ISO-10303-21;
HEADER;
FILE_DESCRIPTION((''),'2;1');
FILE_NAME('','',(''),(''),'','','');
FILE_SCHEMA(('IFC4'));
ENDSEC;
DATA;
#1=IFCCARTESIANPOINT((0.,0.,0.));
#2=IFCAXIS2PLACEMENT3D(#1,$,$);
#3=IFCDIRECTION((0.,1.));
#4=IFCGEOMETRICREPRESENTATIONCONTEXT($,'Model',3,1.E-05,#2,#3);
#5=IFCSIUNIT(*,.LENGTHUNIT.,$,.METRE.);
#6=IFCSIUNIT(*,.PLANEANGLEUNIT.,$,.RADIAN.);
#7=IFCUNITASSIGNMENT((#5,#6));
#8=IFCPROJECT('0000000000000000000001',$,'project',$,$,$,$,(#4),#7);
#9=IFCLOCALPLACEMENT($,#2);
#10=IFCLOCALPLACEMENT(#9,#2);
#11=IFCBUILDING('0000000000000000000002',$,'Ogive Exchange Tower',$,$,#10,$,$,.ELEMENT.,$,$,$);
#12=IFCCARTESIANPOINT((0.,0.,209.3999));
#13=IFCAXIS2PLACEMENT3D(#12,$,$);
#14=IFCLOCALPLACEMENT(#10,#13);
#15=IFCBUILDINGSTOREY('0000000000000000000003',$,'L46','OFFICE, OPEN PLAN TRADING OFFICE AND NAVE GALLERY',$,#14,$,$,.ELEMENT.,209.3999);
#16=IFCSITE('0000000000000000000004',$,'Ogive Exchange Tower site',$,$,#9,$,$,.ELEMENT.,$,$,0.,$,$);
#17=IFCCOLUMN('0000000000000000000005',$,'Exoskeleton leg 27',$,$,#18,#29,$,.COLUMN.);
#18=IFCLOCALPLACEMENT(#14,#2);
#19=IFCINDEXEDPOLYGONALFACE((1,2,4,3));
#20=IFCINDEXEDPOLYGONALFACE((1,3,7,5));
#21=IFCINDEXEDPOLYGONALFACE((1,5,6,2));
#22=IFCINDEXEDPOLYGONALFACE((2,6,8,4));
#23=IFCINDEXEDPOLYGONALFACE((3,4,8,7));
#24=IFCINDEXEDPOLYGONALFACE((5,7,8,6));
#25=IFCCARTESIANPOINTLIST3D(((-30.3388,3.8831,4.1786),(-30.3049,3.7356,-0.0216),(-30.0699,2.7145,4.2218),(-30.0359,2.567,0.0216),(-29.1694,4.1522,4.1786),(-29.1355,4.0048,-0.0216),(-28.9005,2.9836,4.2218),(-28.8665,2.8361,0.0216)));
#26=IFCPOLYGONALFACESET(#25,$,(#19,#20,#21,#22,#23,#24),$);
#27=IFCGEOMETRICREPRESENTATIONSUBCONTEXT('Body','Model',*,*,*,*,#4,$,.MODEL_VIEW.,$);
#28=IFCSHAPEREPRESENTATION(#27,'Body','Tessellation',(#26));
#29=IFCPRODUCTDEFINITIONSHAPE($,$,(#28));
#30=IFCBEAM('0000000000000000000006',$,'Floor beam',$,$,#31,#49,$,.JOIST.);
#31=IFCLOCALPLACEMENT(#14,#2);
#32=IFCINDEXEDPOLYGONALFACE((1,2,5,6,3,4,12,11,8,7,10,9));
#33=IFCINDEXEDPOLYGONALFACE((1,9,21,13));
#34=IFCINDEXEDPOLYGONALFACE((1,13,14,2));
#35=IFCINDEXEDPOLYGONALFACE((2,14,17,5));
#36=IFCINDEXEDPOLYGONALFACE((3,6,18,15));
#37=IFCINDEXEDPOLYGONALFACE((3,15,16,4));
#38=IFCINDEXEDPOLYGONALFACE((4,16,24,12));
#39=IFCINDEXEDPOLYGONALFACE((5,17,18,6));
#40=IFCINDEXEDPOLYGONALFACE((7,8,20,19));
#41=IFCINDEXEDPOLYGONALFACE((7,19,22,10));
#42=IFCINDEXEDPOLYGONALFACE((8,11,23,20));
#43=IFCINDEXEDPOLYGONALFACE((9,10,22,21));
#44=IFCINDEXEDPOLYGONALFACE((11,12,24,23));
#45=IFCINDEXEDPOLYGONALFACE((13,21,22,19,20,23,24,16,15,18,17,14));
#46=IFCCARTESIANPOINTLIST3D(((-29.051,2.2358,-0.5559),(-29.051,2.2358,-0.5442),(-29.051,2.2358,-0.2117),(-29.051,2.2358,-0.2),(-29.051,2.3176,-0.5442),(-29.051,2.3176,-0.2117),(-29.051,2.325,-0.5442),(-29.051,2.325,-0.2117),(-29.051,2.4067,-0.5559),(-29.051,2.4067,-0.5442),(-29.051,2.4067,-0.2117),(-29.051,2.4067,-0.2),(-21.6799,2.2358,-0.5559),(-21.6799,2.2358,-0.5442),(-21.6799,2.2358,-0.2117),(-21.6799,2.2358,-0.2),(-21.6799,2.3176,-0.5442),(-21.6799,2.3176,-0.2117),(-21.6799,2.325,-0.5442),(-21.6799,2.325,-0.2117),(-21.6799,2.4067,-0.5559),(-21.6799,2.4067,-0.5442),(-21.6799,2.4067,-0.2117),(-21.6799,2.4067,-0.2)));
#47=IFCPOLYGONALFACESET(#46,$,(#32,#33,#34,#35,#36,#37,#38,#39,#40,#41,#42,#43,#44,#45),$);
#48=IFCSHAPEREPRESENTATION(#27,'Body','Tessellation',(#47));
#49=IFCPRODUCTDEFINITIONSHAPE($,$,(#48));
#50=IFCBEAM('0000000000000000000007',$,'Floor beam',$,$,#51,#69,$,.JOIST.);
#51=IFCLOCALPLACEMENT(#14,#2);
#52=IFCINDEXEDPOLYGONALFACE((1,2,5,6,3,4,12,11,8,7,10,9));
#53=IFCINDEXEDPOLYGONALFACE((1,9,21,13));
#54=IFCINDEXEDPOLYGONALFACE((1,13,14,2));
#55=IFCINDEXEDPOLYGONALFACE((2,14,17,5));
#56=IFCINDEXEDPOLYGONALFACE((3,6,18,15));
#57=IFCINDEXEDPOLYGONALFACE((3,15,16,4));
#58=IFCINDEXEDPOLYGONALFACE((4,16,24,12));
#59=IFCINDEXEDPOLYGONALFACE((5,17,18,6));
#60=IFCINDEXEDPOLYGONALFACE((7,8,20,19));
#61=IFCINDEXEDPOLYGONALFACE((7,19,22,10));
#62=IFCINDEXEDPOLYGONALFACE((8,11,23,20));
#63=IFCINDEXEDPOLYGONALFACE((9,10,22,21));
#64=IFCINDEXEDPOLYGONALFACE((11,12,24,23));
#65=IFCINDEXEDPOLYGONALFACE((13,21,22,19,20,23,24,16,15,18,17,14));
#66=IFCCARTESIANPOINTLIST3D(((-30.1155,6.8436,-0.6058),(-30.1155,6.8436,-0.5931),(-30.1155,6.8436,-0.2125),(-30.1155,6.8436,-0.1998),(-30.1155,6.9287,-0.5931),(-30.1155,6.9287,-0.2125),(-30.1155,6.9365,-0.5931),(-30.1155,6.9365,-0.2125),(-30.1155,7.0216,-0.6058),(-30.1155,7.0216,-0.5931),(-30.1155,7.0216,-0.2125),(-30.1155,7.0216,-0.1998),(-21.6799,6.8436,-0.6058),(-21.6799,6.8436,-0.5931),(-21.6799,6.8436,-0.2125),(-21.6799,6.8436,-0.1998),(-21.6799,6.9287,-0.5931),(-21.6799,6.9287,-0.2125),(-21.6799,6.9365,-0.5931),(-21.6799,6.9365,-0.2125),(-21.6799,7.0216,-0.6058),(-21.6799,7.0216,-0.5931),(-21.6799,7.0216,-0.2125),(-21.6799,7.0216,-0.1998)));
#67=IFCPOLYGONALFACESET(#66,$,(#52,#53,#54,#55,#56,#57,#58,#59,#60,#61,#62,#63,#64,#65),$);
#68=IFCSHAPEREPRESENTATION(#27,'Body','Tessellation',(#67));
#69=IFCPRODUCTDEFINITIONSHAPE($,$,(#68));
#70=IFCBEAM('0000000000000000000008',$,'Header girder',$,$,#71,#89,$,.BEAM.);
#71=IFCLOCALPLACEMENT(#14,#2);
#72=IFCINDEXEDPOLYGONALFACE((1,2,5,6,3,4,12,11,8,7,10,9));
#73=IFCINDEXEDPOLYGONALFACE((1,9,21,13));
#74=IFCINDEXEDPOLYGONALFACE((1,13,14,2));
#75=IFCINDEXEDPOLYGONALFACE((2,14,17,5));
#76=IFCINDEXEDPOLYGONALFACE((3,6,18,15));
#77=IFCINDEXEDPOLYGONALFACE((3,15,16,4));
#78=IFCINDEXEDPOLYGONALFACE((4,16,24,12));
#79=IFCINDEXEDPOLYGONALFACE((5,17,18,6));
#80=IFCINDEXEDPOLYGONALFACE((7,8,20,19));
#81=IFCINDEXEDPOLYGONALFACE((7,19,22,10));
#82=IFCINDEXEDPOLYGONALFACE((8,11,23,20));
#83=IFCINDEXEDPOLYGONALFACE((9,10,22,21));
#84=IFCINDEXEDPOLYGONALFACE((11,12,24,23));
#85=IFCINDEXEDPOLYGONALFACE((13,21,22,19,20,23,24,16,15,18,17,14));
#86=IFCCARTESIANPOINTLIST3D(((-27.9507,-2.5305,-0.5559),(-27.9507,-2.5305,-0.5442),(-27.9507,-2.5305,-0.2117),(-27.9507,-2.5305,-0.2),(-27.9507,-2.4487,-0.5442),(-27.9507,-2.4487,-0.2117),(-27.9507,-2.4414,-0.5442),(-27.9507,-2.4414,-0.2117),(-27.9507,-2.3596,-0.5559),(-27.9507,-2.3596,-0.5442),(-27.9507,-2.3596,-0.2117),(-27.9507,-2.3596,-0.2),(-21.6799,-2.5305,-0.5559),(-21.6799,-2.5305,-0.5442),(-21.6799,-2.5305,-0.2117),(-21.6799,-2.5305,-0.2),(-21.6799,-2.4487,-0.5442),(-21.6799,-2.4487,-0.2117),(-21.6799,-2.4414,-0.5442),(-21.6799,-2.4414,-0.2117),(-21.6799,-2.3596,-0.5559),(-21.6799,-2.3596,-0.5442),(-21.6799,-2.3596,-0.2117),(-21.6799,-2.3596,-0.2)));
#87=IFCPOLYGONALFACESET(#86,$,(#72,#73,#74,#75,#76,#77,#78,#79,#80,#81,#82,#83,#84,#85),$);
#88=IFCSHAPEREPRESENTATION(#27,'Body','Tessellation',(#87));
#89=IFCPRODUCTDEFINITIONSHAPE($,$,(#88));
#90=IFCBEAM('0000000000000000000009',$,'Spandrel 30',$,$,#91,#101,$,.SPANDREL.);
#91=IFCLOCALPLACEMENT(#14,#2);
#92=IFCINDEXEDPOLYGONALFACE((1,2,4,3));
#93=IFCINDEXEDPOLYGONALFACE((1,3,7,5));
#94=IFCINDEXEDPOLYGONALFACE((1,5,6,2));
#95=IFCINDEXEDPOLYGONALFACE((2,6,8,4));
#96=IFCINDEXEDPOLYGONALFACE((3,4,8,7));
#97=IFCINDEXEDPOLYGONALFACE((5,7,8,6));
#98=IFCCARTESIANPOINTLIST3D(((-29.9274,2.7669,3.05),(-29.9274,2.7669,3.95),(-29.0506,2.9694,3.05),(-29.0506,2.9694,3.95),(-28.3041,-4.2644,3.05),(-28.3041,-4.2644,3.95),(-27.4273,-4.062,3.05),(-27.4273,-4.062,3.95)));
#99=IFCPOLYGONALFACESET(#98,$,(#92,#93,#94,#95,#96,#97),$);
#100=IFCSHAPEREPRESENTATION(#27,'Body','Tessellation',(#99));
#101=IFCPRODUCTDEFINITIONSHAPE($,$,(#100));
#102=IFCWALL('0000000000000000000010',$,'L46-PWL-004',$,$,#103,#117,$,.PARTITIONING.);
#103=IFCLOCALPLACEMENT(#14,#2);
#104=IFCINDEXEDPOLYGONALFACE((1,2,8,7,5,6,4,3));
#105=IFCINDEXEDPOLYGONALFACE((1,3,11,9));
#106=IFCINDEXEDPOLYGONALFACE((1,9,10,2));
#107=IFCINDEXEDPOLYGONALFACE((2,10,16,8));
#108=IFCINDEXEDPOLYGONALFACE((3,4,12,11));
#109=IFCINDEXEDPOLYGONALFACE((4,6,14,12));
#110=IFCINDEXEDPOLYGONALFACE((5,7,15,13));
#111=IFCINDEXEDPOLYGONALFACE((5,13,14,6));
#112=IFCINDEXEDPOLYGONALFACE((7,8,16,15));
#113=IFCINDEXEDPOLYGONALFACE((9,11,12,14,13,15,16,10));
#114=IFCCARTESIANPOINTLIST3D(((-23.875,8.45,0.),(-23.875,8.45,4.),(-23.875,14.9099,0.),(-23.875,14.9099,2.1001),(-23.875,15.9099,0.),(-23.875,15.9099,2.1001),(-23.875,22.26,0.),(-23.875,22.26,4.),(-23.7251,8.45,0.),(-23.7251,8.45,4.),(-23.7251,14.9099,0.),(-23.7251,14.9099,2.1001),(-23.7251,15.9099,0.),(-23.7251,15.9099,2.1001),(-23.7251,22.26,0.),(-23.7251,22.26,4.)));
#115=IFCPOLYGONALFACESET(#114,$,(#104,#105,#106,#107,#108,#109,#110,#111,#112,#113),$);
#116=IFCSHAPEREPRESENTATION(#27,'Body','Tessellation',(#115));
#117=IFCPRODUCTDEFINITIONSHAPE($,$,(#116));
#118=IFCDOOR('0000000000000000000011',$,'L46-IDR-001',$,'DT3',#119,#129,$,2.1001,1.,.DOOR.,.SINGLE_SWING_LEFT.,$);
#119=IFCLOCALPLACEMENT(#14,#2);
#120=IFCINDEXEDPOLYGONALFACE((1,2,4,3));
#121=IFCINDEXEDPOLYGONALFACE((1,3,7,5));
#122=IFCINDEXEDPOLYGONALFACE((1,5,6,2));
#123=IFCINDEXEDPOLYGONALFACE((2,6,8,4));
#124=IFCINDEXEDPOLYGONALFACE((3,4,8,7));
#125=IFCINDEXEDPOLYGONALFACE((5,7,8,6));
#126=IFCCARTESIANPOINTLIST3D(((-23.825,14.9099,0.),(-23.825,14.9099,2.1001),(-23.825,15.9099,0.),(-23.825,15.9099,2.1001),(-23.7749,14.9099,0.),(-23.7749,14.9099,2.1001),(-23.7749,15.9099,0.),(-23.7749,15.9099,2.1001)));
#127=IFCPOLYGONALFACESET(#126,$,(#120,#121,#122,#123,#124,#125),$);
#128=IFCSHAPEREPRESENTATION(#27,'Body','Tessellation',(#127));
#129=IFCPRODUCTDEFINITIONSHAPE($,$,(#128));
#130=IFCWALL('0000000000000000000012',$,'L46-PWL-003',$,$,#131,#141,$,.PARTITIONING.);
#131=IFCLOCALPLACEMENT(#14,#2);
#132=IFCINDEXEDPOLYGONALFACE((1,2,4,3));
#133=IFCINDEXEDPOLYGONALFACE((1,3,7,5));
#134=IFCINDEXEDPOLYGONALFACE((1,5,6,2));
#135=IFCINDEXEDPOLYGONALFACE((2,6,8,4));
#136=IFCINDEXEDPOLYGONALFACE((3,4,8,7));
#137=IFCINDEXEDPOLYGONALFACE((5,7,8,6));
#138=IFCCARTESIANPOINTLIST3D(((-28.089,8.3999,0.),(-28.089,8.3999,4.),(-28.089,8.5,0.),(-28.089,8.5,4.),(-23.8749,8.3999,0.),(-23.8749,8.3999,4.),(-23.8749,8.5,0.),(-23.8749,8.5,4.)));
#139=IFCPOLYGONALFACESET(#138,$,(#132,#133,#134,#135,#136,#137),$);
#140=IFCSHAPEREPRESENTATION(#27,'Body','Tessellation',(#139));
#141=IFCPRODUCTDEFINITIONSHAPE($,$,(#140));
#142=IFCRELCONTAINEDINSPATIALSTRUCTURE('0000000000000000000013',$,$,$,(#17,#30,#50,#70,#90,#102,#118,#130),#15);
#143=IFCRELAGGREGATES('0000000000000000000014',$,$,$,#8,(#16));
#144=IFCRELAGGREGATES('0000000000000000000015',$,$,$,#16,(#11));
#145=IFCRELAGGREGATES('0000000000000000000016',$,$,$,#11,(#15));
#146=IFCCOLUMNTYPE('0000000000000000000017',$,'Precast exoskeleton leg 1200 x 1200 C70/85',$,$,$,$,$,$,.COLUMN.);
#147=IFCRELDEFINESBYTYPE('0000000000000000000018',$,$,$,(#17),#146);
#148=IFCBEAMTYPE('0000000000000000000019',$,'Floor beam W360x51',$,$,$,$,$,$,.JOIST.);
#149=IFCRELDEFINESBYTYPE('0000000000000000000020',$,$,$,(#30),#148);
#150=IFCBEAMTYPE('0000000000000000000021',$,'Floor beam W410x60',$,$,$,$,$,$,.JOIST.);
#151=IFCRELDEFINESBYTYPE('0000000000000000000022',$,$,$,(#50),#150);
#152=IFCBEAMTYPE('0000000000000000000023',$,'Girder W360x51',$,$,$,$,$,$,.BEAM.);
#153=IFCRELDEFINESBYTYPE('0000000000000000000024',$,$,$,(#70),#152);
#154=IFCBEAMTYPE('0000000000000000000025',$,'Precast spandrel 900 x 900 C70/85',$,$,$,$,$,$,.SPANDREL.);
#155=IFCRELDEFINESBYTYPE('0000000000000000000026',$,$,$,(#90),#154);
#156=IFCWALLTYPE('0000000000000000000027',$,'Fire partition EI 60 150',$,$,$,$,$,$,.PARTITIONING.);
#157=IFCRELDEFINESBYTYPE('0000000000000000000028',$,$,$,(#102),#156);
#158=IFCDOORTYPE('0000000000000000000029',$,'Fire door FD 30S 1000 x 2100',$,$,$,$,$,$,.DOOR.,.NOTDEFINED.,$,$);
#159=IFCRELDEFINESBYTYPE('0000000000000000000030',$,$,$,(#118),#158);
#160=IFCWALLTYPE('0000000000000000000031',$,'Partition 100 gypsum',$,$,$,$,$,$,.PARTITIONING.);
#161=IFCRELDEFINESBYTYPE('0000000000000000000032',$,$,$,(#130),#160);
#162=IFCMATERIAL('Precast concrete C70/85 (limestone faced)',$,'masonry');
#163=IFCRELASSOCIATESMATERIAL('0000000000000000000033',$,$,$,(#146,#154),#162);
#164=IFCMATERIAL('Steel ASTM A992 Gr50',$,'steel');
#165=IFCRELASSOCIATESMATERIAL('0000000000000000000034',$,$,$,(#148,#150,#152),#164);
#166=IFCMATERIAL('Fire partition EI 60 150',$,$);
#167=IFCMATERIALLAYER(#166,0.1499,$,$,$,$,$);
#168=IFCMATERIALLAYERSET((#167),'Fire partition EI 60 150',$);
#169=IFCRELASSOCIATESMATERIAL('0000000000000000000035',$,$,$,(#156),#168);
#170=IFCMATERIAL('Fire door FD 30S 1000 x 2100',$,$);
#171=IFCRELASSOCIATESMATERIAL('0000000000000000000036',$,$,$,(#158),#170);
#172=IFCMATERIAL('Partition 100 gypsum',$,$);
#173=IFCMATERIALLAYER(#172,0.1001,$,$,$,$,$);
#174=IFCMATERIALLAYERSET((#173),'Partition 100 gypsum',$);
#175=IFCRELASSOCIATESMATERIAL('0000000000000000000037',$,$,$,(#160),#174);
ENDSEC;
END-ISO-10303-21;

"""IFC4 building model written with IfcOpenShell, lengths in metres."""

from ifc_helpers import new_model, si_unit, direction, frame, frame_2d, origin, origin_2d, place, context, subcontext, project, spatial, rectangle, i_section, extrude, material, layer, layer_set, material_profile, profile_set, type_object, element, fill, save


model = new_model("IFC4")

# Units and contexts
model_context = context("Model", 3, precision=1e-05, world=origin(), true_north=direction((0.0, 1.0)))
body_context = subcontext(model_context, "Body", "Model", "MODEL_VIEW")
ifc_project = project(units=[si_unit("LENGTHUNIT", "METRE"), si_unit("PLANEANGLEUNIT", "RADIAN")], contexts=[model_context])

# Site, building, storey
site_placement = place(None, origin())
site = spatial("IfcSite", under=ifc_project, at=site_placement, Name="Ogive Exchange Tower site", CompositionType="ELEMENT", RefElevation=0.0)
building_placement = place(site_placement, origin())
building = spatial("IfcBuilding", under=site, at=building_placement, Name="Ogive Exchange Tower", CompositionType="ELEMENT")
storey_placement = place(building_placement, frame((0.0, 0.0, 209.3999)))
storey = spatial("IfcBuildingStorey", under=building, at=storey_placement, Name="L46", Description="OFFICE, OPEN PLAN TRADING OFFICE AND NAVE GALLERY", CompositionType="ELEMENT", Elevation=209.3999)

# Column
ifc_material_1 = material(Name="Precast concrete C70/85 (limestone faced)", Category="masonry")
ifc_material_profile_1 = material_profile(ifc_material_1, rectangle(XDim=1.2, YDim=1.2, at=origin_2d()), Name="1200 x 1200")
ifc_profile_set_1 = profile_set([ifc_material_profile_1], Name="Precast concrete C70/85 (limestone faced)")
column_type = type_object("IfcColumnType", Name="Precast exoskeleton leg 1200 x 1200 C70/85", PredefinedType="COLUMN", material=ifc_profile_set_1)
column_placement = place(storey_placement, frame((-29.5857, 3.2859, 0.0), z_axis=(-0.008074, 0.035085, 0.999352), x_axis=(-0.974527, -0.22427, 0.0)))
element("IfcColumn", 1, at=column_placement, inside=storey, type_object=column_type, Name="Exoskeleton leg 27", PredefinedType="COLUMN", context=body_context, shape_type="SweptSolid", body=[
    extrude(rectangle(XDim=1.2, YDim=1.2, at=origin_2d()), origin(), (0.0, 0.0, 1.0), 4.2029),
])

# Beams
ifc_material_2 = material(Name="Steel ASTM A992 Gr50", Category="steel")
ifc_material_profile_2 = material_profile(ifc_material_2, i_section(OverallWidth=0.1709, OverallDepth=0.356, WebThickness=0.0073, FlangeThickness=0.0117, at=origin_2d()), Name="W360x51")
ifc_profile_set_2 = profile_set([ifc_material_profile_2], Name="Steel ASTM A992 Gr50")
beam_type_1 = type_object("IfcBeamType", Name="Floor beam W360x51", PredefinedType="JOIST", material=ifc_profile_set_2)
beam_1_placement = place(storey_placement, frame((-29.051, 2.3213, -0.3779), z_axis=(1.0, 0.0, 0.0), x_axis=(0.0, 1.0, 0.0)))
element("IfcBeam", 2, at=beam_1_placement, inside=storey, type_object=beam_type_1, Name="Floor beam", PredefinedType="JOIST", context=body_context, shape_type="SweptSolid", body=[
    extrude(i_section(OverallWidth=0.1709, OverallDepth=0.356, WebThickness=0.0073, FlangeThickness=0.0117, at=origin_2d()), origin(), (0.0, 0.0, 1.0), 7.3711),
])
ifc_material_profile_3 = material_profile(ifc_material_2, i_section(OverallWidth=0.178, OverallDepth=0.406, WebThickness=0.0078, FlangeThickness=0.0127, at=origin_2d()), Name="W410x60")
ifc_profile_set_3 = profile_set([ifc_material_profile_3], Name="Steel ASTM A992 Gr50")
beam_type_2 = type_object("IfcBeamType", Name="Floor beam W410x60", PredefinedType="JOIST", material=ifc_profile_set_3)
beam_2_placement = place(storey_placement, frame((-30.1155, 6.9326, -0.4028), z_axis=(1.0, 0.0, 0.0), x_axis=(0.0, 1.0, 0.0)))
element("IfcBeam", 3, at=beam_2_placement, inside=storey, type_object=beam_type_2, Name="Floor beam", PredefinedType="JOIST", context=body_context, shape_type="SweptSolid", body=[
    extrude(i_section(OverallWidth=0.178, OverallDepth=0.406, WebThickness=0.0078, FlangeThickness=0.0127, at=origin_2d()), origin(), (0.0, 0.0, 1.0), 8.4355),
])
ifc_material_profile_4 = material_profile(ifc_material_2, i_section(OverallWidth=0.1709, OverallDepth=0.356, WebThickness=0.0073, FlangeThickness=0.0117, at=origin_2d()), Name="W360x51")
ifc_profile_set_4 = profile_set([ifc_material_profile_4], Name="Steel ASTM A992 Gr50")
beam_type_3 = type_object("IfcBeamType", Name="Girder W360x51", PredefinedType="BEAM", material=ifc_profile_set_4)
beam_3_placement = place(storey_placement, frame((-27.9507, -2.4451, -0.3779), z_axis=(1.0, 0.0, 0.0), x_axis=(0.0, 1.0, 0.0)))
element("IfcBeam", 4, at=beam_3_placement, inside=storey, type_object=beam_type_3, Name="Header girder", PredefinedType="BEAM", context=body_context, shape_type="SweptSolid", body=[
    extrude(i_section(OverallWidth=0.1709, OverallDepth=0.356, WebThickness=0.0073, FlangeThickness=0.0117, at=origin_2d()), origin(), (0.0, 0.0, 1.0), 6.2708),
])
ifc_material_profile_5 = material_profile(ifc_material_1, rectangle(XDim=0.8999, YDim=0.8999, at=origin_2d()), Name="900 x 900")
ifc_profile_set_5 = profile_set([ifc_material_profile_5], Name="Precast concrete C70/85 (limestone faced)")
beam_type_4 = type_object("IfcBeamType", Name="Precast spandrel 900 x 900 C70/85", PredefinedType="SPANDREL", material=ifc_profile_set_5)
beam_4_placement = place(storey_placement, frame((-29.489, 2.8682, 3.5), z_axis=(0.224951, -0.97437, 0.0), x_axis=(0.97437, 0.224951, 0.0)))
element("IfcBeam", 5, at=beam_4_placement, inside=storey, type_object=beam_type_4, Name="Spandrel 30", PredefinedType="SPANDREL", context=body_context, shape_type="SweptSolid", body=[
    extrude(rectangle(XDim=0.8999, YDim=0.8999, at=origin_2d()), origin(), (0.0, 0.0, 1.0), 7.2163),
])

# Wall, opening, door
ifc_material_3 = material(Name="Fire partition EI 60 150")
ifc_layer_1 = layer(ifc_material_3, 0.1499)
ifc_layer_set_1 = layer_set([ifc_layer_1], Name="Fire partition EI 60 150")
wall_type_1 = type_object("IfcWallType", Name="Fire partition EI 60 150", PredefinedType="PARTITIONING", material=ifc_layer_set_1)
wall_1_placement = place(storey_placement, frame((-23.8, 8.45, 0.0), z_axis=(0.0, 0.0, 1.0), x_axis=(0.0, 1.0, 0.0)))
wall_1 = element("IfcWall", 6, at=wall_1_placement, inside=storey, type_object=wall_type_1, Name="L46-PWL-004", PredefinedType="PARTITIONING", context=body_context, shape_type="SweptSolid", body=[
    extrude(rectangle(XDim=13.8101, YDim=0.1499, at=frame_2d((6.905, 0.0))), origin(), (0.0, 0.0, 1.0), 4.0),
])
opening_1_placement = place(wall_1_placement, frame((6.46, 0.0, 0.0)))
opening_1 = element("IfcOpeningElement", 7, at=opening_1_placement, cuts=wall_1, PredefinedType="OPENING", context=body_context, shape_type="SweptSolid", body=[
    extrude(rectangle(XDim=1.0, YDim=2.1001, at=frame_2d((0.5, 1.05))), frame((0.0, 0.085, 0.0), z_axis=(0.0, -1.0, 0.0), x_axis=(1.0, 0.0, 0.0)), (0.0, 0.0, 1.0), 0.1699),
])
ifc_material_4 = material(Name="Fire door FD 30S 1000 x 2100")
door_type_1 = type_object("IfcDoorType", Name="Fire door FD 30S 1000 x 2100", OperationType="NOTDEFINED", PredefinedType="DOOR", material=ifc_material_4)
door_1_placement = place(opening_1_placement, origin())
door_1 = element("IfcDoor", 8, at=door_1_placement, inside=storey, type_object=door_type_1, Name="L46-IDR-001", ObjectType="DT3", OperationType="SINGLE_SWING_LEFT", OverallHeight=2.1001, OverallWidth=1.0, PredefinedType="DOOR", context=body_context, shape_type="SweptSolid", body=[
    extrude(rectangle(XDim=1.0, YDim=2.1001, at=frame_2d((0.5, 1.05))), frame((0.0, 0.0249, 0.0), z_axis=(0.0, -1.0, 0.0), x_axis=(1.0, 0.0, 0.0)), (0.0, 0.0, 1.0), 0.05),
])
fill(opening_1, door_1)

# Wall
ifc_material_5 = material(Name="Partition 100 gypsum")
ifc_layer_2 = layer(ifc_material_5, 0.1001)
ifc_layer_set_2 = layer_set([ifc_layer_2], Name="Partition 100 gypsum")
wall_type_2 = type_object("IfcWallType", Name="Partition 100 gypsum", PredefinedType="PARTITIONING", material=ifc_layer_set_2)
wall_2_placement = place(storey_placement, frame((-23.875, 8.45, 0.0), z_axis=(0.0, 0.0, 1.0), x_axis=(-1.0, 0.0, 0.0)))
element("IfcWall", 9, at=wall_2_placement, inside=storey, type_object=wall_type_2, Name="L46-PWL-003", PredefinedType="PARTITIONING", context=body_context, shape_type="SweptSolid", body=[
    extrude(rectangle(XDim=4.2141, YDim=0.1001, at=frame_2d((2.1069, 0.0))), origin(), (0.0, 0.0, 1.0), 4.0),
])

save(model, "model.ifc")
